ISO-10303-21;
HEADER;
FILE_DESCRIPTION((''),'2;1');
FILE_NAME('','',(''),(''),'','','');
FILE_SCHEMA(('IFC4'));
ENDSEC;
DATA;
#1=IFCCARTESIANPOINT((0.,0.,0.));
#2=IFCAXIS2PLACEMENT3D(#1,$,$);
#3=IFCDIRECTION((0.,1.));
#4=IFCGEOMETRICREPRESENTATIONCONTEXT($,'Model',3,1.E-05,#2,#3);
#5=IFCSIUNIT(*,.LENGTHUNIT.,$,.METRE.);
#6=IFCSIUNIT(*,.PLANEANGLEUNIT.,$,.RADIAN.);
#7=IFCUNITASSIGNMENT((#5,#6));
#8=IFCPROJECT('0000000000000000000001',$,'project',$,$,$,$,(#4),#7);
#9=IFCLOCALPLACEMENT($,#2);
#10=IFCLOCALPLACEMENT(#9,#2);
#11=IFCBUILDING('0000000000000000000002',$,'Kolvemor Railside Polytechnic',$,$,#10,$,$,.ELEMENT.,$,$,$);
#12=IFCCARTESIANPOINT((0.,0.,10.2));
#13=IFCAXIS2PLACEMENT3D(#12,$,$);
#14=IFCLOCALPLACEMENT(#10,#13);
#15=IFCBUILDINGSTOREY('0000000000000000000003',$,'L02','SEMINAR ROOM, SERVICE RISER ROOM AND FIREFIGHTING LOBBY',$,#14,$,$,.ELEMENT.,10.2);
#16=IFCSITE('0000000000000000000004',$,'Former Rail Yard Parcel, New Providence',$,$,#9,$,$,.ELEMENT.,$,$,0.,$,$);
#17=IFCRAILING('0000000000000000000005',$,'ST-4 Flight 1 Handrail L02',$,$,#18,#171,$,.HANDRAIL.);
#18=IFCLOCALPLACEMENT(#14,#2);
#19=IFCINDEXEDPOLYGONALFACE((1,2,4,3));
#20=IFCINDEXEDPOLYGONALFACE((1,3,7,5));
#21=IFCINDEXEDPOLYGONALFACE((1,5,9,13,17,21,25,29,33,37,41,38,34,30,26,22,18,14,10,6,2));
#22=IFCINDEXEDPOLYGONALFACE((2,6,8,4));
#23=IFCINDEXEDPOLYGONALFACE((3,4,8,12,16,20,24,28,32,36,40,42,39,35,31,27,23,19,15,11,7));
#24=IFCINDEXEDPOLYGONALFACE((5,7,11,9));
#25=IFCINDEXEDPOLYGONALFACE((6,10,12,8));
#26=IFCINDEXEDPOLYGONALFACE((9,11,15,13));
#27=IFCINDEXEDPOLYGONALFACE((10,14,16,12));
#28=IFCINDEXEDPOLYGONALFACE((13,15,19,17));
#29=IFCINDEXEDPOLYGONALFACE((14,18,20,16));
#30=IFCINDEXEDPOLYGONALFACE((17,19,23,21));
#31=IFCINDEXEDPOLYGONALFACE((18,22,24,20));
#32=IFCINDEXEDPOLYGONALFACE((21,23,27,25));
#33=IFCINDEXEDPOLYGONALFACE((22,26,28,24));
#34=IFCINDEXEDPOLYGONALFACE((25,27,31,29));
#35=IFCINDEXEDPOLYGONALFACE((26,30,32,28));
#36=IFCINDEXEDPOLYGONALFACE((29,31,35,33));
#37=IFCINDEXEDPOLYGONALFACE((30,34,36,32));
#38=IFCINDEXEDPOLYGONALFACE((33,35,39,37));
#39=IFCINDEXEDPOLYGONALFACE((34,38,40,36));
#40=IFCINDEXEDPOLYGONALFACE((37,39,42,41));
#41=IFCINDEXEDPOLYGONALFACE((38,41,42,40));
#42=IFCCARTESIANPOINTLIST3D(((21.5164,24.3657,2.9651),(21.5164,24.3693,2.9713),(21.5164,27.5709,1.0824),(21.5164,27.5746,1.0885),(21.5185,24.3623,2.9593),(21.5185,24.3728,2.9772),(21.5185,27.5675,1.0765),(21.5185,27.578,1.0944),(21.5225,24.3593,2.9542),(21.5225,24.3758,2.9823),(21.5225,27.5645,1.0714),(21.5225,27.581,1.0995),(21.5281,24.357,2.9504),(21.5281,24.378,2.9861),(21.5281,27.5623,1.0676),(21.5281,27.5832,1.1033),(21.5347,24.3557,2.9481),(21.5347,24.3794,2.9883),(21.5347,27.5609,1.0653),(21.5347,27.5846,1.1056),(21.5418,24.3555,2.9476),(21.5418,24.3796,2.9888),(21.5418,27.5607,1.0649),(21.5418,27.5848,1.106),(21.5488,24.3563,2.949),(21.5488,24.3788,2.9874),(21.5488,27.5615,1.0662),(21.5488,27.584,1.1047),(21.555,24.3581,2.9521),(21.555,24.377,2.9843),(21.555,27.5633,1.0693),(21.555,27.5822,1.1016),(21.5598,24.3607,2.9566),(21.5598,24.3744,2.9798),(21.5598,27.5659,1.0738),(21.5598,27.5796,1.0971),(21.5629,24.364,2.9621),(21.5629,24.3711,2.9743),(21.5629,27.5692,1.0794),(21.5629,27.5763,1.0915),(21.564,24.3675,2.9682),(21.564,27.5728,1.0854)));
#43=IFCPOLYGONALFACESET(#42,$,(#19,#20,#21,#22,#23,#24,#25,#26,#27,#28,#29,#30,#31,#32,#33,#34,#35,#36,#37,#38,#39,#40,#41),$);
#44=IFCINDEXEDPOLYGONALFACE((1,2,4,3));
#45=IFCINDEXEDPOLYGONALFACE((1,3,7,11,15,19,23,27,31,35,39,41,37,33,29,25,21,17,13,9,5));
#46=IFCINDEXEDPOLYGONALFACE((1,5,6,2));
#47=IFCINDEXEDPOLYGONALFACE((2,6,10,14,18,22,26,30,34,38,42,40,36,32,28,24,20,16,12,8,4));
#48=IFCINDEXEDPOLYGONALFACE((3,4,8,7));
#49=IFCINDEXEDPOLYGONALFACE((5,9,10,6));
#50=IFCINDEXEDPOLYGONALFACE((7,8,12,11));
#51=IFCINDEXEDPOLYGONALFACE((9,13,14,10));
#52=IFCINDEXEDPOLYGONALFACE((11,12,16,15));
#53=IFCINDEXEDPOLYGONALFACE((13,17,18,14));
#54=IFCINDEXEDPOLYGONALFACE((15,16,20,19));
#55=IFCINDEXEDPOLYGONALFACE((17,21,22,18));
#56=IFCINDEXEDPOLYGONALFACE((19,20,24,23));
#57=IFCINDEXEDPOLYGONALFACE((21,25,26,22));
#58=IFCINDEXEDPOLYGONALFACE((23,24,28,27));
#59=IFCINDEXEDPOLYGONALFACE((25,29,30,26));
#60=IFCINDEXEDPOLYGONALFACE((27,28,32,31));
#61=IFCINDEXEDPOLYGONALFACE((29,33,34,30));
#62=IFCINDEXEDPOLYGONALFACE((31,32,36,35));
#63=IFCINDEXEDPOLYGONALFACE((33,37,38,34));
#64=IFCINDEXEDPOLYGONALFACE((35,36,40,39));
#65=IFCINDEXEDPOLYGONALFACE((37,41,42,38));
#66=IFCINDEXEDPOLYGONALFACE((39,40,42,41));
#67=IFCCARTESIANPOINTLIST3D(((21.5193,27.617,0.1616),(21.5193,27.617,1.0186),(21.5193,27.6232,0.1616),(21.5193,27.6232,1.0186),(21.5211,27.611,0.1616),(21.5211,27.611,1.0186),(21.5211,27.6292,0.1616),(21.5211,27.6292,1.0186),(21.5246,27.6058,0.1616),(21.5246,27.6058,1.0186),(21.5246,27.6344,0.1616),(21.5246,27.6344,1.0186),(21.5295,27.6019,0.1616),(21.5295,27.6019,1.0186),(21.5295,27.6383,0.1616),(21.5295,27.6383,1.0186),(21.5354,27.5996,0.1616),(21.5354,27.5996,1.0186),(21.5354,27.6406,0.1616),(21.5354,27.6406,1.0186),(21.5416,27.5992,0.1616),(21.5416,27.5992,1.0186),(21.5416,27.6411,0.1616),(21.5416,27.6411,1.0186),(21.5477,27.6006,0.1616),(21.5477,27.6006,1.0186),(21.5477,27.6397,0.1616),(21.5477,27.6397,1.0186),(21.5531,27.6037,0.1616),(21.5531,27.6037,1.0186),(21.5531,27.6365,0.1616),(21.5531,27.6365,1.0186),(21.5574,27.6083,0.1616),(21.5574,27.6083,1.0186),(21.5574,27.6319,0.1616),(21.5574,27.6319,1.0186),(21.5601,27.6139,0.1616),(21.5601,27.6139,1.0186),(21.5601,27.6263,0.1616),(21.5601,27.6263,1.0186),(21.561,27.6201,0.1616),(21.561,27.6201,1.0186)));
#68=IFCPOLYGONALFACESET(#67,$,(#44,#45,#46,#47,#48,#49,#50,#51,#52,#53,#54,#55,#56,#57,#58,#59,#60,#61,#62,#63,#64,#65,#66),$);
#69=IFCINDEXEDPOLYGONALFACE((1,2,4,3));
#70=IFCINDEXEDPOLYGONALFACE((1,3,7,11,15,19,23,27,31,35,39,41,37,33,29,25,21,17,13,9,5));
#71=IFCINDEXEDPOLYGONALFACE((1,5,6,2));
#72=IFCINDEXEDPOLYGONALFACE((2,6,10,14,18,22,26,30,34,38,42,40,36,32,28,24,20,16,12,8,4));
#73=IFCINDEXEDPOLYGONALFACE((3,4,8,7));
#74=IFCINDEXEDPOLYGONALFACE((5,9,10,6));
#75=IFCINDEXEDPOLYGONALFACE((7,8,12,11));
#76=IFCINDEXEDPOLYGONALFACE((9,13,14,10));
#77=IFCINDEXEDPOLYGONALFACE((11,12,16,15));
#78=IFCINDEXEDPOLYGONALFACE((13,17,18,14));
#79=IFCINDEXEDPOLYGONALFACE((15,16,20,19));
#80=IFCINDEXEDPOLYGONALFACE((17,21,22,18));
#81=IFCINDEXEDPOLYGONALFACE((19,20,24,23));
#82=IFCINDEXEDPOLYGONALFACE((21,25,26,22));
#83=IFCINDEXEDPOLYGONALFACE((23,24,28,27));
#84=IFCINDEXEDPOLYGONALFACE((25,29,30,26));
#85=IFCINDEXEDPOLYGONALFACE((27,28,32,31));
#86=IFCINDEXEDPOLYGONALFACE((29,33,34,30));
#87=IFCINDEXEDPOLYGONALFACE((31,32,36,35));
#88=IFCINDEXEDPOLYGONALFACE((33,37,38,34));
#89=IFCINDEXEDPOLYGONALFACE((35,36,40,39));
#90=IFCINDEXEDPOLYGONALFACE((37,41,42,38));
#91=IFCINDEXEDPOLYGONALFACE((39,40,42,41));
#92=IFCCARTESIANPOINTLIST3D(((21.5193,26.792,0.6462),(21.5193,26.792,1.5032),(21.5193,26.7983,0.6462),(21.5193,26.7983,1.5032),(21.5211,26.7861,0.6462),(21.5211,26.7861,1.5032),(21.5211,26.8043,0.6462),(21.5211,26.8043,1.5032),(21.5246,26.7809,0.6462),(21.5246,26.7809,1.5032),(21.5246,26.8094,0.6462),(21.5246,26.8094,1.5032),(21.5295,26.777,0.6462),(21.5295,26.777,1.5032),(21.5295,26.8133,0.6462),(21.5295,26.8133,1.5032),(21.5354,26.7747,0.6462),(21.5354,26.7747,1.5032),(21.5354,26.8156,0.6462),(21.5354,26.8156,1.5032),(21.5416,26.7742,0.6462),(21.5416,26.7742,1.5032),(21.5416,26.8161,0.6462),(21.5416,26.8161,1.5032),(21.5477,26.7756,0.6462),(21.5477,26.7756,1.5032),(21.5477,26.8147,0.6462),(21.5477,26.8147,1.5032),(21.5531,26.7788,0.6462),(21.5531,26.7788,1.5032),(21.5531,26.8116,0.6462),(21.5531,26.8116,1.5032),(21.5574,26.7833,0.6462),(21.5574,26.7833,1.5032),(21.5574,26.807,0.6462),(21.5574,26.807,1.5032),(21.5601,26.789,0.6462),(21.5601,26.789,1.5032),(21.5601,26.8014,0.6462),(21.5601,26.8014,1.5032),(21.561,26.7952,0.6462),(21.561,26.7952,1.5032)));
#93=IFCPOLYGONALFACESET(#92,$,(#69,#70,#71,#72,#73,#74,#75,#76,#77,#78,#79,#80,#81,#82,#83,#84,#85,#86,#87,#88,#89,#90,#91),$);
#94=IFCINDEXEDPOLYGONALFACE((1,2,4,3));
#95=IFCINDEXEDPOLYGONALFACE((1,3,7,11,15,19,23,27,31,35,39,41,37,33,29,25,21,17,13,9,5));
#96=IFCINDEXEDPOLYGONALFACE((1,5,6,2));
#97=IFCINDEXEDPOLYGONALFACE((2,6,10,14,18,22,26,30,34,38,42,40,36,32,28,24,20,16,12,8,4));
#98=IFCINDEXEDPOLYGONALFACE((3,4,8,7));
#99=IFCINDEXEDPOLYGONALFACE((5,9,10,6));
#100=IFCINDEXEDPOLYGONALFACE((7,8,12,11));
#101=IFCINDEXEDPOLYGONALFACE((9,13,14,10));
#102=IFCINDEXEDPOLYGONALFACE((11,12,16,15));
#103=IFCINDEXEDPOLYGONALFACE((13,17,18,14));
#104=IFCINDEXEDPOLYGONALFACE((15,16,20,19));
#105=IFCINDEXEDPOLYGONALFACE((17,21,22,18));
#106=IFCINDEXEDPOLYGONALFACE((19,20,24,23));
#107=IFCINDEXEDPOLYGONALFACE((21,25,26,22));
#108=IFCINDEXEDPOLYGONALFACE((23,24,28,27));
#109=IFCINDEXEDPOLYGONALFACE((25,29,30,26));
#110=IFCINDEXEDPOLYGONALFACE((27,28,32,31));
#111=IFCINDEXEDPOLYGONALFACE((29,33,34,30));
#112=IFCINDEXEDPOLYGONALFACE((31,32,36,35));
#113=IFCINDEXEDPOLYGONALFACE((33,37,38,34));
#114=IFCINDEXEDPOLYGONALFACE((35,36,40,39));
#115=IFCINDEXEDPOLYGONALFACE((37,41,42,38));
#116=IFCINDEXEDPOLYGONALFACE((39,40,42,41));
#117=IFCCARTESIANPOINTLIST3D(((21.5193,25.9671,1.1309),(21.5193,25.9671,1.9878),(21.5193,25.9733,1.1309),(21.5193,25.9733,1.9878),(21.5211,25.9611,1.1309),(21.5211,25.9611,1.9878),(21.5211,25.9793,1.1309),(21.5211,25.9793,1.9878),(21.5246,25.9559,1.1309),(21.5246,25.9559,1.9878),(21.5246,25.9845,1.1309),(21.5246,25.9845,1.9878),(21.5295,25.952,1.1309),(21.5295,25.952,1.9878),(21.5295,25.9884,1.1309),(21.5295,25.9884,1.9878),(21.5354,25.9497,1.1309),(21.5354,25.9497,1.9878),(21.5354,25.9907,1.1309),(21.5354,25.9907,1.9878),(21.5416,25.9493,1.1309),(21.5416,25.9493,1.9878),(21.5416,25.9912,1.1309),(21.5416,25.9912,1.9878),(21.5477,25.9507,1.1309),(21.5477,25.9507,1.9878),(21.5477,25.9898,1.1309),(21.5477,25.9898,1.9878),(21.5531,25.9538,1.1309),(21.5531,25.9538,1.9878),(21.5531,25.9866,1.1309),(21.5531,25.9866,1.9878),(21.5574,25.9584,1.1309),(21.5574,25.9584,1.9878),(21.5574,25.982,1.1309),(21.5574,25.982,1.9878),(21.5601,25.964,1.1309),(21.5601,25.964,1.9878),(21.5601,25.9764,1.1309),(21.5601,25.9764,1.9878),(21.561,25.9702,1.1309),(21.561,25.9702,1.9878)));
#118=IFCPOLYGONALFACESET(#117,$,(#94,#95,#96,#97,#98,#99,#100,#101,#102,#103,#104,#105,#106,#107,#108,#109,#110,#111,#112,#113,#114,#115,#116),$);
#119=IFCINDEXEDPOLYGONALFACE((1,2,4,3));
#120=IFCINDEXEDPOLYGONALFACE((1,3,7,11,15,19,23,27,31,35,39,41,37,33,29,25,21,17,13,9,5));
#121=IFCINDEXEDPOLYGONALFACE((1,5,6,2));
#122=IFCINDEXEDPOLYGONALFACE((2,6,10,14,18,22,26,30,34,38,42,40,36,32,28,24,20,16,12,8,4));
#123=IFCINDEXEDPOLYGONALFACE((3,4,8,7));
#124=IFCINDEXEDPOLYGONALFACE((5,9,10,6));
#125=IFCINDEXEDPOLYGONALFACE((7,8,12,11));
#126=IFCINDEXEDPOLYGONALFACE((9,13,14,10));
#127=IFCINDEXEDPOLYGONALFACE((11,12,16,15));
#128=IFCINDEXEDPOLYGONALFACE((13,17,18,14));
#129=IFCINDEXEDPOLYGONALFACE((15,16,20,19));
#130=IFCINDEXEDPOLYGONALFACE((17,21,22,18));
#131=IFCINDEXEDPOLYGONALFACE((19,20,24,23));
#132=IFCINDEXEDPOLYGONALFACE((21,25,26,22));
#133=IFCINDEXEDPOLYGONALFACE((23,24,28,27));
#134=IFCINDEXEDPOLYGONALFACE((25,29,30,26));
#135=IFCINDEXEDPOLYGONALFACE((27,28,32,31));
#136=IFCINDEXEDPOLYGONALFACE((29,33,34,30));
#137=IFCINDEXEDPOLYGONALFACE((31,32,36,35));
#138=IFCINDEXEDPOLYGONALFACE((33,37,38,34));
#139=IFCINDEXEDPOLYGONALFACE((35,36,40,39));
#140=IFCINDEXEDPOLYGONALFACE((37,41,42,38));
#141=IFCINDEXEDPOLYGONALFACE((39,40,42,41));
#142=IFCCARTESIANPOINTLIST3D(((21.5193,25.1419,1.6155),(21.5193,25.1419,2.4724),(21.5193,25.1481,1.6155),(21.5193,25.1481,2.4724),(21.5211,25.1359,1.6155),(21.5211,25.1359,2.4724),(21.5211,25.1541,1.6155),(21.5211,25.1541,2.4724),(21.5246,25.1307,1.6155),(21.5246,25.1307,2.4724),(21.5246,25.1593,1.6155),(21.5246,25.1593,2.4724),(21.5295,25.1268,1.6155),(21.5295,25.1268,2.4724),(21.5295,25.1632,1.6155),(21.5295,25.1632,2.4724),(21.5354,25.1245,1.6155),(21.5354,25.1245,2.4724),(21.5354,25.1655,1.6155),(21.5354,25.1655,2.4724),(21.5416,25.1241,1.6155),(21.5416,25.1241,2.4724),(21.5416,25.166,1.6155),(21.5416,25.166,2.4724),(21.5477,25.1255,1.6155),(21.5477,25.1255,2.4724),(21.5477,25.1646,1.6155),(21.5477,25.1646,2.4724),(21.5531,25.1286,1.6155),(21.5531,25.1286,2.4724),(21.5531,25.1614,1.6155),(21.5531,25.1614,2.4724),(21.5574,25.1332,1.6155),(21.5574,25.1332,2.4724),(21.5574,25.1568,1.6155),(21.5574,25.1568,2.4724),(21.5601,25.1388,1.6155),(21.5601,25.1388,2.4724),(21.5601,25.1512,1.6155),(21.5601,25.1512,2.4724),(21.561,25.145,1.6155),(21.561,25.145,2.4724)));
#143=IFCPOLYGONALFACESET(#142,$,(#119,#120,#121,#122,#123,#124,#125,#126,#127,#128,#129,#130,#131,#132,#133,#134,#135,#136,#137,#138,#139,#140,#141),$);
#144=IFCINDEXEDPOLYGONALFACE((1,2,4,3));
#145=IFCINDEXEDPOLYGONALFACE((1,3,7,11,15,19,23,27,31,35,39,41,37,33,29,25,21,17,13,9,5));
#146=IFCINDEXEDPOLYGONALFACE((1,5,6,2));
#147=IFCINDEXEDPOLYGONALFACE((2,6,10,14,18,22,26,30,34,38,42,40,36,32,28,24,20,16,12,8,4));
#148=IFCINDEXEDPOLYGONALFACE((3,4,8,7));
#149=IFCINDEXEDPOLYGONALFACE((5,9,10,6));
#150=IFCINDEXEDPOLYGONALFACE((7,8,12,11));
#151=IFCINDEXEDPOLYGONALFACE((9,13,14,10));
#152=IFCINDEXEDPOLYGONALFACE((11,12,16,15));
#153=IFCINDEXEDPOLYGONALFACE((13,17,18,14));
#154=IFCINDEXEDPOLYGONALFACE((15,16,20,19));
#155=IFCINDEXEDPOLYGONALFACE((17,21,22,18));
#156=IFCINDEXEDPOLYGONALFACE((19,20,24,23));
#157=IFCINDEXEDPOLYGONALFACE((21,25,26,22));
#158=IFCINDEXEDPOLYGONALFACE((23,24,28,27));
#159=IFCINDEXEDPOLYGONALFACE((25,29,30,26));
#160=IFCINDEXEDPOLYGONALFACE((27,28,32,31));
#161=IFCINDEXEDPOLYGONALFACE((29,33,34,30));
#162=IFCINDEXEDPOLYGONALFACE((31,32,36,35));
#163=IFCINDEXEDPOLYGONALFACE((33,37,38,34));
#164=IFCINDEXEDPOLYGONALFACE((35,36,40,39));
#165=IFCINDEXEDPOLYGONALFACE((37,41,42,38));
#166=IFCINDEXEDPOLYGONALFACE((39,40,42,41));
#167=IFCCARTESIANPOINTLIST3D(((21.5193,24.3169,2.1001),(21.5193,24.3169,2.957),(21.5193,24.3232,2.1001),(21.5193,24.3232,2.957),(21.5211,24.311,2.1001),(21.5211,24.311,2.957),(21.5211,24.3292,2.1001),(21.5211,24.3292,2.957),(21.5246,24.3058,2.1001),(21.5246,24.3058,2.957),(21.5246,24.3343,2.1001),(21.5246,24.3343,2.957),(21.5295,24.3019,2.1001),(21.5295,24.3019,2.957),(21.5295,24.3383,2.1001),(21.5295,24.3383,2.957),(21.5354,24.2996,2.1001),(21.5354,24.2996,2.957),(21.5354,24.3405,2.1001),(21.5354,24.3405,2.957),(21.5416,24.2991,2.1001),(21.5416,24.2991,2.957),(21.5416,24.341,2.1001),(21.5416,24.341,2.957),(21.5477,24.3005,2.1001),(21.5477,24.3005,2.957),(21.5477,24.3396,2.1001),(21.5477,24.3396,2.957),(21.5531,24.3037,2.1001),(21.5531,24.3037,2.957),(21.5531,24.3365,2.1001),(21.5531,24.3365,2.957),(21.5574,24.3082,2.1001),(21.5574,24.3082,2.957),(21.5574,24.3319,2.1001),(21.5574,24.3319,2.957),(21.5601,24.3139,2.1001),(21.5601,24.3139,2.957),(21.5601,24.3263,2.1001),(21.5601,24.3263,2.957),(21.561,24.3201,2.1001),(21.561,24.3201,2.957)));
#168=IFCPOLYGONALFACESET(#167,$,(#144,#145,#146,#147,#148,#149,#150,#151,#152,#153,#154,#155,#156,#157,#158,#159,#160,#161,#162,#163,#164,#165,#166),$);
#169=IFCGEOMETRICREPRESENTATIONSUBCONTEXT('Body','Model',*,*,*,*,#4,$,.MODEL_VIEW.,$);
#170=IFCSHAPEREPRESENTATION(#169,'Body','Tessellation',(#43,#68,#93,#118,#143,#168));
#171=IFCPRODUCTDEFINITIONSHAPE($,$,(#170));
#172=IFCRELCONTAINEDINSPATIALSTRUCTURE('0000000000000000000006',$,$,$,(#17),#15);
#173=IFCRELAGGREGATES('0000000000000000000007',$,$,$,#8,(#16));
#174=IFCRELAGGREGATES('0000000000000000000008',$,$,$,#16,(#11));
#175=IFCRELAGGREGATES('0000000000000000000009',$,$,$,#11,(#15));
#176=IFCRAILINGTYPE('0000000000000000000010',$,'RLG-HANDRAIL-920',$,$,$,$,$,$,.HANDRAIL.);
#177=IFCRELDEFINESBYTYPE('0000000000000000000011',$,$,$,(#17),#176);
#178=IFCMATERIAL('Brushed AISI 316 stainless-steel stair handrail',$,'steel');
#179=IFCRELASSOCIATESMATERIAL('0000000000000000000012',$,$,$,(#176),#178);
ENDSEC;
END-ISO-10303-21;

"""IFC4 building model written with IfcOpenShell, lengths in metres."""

from ifc_helpers import new_model, si_unit, direction, frame, origin, origin_2d, place, context, subcontext, project, spatial, circle, extrude, material, type_object, element, save


model = new_model("IFC4")

# Units and contexts
model_context = context("Model", 3, precision=1e-05, world=origin(), true_north=direction((0.0, 1.0)))
body_context = subcontext(model_context, "Body", "Model", "MODEL_VIEW")
ifc_project = project(units=[si_unit("LENGTHUNIT", "METRE"), si_unit("PLANEANGLEUNIT", "RADIAN")], contexts=[model_context])

# Site, building, storey
site_placement = place(None, origin())
site = spatial("IfcSite", under=ifc_project, at=site_placement, Name="Former Rail Yard Parcel, New Providence", CompositionType="ELEMENT", RefElevation=0.0)
building_placement = place(site_placement, origin())
building = spatial("IfcBuilding", under=site, at=building_placement, Name="Kolvemor Railside Polytechnic", CompositionType="ELEMENT")
storey_placement = place(building_placement, frame((0.0, 0.0, 10.2)))
storey = spatial("IfcBuildingStorey", under=building, at=storey_placement, Name="L02", Description="SEMINAR ROOM, SERVICE RISER ROOM AND FIREFIGHTING LOBBY", CompositionType="ELEMENT", Elevation=10.2)

# Railing
ifc_material_1 = material(Name="Brushed AISI 316 stainless-steel stair handrail", Category="steel")
railing_type_1 = type_object("IfcRailingType", Name="RLG-HANDRAIL-920", PredefinedType="HANDRAIL", material=ifc_material_1)
railing_1_placement = place(storey_placement, frame((21.54, 27.6201, 0.1616)))
element("IfcRailing", 1, at=railing_1_placement, inside=storey, type_object=railing_type_1, Name="ST-4 Flight 1 Handrail L02", PredefinedType="HANDRAIL", context=body_context, shape_type="SweptSolid", body=[
    extrude(circle(Radius=0.0239, at=origin_2d()), frame((0.0, -0.0474, 0.9238), z_axis=(0.0, -0.862246, 0.50649), x_axis=(1.0, 0.0, 0.0)), (0.0, 0.0, 1.0), 3.7173),
    extrude(circle(Radius=0.021, at=origin_2d()), origin(), (0.0, 0.0, 1.0), 0.8569),
    extrude(circle(Radius=0.021, at=origin_2d()), frame((0.0, -0.825, 0.4846)), (0.0, 0.0, 1.0), 0.8569),
    extrude(circle(Radius=0.021, at=origin_2d()), frame((0.0, -1.6499, 0.9692)), (0.0, 0.0, 1.0), 0.8569),
    extrude(circle(Radius=0.021, at=origin_2d()), frame((0.0, -2.4751, 1.4539)), (0.0, 0.0, 1.0), 0.8569),
    extrude(circle(Radius=0.021, at=origin_2d()), frame((0.0, -3.3, 1.9385)), (0.0, 0.0, 1.0), 0.8569),
])

save(model, "model.ifc")
